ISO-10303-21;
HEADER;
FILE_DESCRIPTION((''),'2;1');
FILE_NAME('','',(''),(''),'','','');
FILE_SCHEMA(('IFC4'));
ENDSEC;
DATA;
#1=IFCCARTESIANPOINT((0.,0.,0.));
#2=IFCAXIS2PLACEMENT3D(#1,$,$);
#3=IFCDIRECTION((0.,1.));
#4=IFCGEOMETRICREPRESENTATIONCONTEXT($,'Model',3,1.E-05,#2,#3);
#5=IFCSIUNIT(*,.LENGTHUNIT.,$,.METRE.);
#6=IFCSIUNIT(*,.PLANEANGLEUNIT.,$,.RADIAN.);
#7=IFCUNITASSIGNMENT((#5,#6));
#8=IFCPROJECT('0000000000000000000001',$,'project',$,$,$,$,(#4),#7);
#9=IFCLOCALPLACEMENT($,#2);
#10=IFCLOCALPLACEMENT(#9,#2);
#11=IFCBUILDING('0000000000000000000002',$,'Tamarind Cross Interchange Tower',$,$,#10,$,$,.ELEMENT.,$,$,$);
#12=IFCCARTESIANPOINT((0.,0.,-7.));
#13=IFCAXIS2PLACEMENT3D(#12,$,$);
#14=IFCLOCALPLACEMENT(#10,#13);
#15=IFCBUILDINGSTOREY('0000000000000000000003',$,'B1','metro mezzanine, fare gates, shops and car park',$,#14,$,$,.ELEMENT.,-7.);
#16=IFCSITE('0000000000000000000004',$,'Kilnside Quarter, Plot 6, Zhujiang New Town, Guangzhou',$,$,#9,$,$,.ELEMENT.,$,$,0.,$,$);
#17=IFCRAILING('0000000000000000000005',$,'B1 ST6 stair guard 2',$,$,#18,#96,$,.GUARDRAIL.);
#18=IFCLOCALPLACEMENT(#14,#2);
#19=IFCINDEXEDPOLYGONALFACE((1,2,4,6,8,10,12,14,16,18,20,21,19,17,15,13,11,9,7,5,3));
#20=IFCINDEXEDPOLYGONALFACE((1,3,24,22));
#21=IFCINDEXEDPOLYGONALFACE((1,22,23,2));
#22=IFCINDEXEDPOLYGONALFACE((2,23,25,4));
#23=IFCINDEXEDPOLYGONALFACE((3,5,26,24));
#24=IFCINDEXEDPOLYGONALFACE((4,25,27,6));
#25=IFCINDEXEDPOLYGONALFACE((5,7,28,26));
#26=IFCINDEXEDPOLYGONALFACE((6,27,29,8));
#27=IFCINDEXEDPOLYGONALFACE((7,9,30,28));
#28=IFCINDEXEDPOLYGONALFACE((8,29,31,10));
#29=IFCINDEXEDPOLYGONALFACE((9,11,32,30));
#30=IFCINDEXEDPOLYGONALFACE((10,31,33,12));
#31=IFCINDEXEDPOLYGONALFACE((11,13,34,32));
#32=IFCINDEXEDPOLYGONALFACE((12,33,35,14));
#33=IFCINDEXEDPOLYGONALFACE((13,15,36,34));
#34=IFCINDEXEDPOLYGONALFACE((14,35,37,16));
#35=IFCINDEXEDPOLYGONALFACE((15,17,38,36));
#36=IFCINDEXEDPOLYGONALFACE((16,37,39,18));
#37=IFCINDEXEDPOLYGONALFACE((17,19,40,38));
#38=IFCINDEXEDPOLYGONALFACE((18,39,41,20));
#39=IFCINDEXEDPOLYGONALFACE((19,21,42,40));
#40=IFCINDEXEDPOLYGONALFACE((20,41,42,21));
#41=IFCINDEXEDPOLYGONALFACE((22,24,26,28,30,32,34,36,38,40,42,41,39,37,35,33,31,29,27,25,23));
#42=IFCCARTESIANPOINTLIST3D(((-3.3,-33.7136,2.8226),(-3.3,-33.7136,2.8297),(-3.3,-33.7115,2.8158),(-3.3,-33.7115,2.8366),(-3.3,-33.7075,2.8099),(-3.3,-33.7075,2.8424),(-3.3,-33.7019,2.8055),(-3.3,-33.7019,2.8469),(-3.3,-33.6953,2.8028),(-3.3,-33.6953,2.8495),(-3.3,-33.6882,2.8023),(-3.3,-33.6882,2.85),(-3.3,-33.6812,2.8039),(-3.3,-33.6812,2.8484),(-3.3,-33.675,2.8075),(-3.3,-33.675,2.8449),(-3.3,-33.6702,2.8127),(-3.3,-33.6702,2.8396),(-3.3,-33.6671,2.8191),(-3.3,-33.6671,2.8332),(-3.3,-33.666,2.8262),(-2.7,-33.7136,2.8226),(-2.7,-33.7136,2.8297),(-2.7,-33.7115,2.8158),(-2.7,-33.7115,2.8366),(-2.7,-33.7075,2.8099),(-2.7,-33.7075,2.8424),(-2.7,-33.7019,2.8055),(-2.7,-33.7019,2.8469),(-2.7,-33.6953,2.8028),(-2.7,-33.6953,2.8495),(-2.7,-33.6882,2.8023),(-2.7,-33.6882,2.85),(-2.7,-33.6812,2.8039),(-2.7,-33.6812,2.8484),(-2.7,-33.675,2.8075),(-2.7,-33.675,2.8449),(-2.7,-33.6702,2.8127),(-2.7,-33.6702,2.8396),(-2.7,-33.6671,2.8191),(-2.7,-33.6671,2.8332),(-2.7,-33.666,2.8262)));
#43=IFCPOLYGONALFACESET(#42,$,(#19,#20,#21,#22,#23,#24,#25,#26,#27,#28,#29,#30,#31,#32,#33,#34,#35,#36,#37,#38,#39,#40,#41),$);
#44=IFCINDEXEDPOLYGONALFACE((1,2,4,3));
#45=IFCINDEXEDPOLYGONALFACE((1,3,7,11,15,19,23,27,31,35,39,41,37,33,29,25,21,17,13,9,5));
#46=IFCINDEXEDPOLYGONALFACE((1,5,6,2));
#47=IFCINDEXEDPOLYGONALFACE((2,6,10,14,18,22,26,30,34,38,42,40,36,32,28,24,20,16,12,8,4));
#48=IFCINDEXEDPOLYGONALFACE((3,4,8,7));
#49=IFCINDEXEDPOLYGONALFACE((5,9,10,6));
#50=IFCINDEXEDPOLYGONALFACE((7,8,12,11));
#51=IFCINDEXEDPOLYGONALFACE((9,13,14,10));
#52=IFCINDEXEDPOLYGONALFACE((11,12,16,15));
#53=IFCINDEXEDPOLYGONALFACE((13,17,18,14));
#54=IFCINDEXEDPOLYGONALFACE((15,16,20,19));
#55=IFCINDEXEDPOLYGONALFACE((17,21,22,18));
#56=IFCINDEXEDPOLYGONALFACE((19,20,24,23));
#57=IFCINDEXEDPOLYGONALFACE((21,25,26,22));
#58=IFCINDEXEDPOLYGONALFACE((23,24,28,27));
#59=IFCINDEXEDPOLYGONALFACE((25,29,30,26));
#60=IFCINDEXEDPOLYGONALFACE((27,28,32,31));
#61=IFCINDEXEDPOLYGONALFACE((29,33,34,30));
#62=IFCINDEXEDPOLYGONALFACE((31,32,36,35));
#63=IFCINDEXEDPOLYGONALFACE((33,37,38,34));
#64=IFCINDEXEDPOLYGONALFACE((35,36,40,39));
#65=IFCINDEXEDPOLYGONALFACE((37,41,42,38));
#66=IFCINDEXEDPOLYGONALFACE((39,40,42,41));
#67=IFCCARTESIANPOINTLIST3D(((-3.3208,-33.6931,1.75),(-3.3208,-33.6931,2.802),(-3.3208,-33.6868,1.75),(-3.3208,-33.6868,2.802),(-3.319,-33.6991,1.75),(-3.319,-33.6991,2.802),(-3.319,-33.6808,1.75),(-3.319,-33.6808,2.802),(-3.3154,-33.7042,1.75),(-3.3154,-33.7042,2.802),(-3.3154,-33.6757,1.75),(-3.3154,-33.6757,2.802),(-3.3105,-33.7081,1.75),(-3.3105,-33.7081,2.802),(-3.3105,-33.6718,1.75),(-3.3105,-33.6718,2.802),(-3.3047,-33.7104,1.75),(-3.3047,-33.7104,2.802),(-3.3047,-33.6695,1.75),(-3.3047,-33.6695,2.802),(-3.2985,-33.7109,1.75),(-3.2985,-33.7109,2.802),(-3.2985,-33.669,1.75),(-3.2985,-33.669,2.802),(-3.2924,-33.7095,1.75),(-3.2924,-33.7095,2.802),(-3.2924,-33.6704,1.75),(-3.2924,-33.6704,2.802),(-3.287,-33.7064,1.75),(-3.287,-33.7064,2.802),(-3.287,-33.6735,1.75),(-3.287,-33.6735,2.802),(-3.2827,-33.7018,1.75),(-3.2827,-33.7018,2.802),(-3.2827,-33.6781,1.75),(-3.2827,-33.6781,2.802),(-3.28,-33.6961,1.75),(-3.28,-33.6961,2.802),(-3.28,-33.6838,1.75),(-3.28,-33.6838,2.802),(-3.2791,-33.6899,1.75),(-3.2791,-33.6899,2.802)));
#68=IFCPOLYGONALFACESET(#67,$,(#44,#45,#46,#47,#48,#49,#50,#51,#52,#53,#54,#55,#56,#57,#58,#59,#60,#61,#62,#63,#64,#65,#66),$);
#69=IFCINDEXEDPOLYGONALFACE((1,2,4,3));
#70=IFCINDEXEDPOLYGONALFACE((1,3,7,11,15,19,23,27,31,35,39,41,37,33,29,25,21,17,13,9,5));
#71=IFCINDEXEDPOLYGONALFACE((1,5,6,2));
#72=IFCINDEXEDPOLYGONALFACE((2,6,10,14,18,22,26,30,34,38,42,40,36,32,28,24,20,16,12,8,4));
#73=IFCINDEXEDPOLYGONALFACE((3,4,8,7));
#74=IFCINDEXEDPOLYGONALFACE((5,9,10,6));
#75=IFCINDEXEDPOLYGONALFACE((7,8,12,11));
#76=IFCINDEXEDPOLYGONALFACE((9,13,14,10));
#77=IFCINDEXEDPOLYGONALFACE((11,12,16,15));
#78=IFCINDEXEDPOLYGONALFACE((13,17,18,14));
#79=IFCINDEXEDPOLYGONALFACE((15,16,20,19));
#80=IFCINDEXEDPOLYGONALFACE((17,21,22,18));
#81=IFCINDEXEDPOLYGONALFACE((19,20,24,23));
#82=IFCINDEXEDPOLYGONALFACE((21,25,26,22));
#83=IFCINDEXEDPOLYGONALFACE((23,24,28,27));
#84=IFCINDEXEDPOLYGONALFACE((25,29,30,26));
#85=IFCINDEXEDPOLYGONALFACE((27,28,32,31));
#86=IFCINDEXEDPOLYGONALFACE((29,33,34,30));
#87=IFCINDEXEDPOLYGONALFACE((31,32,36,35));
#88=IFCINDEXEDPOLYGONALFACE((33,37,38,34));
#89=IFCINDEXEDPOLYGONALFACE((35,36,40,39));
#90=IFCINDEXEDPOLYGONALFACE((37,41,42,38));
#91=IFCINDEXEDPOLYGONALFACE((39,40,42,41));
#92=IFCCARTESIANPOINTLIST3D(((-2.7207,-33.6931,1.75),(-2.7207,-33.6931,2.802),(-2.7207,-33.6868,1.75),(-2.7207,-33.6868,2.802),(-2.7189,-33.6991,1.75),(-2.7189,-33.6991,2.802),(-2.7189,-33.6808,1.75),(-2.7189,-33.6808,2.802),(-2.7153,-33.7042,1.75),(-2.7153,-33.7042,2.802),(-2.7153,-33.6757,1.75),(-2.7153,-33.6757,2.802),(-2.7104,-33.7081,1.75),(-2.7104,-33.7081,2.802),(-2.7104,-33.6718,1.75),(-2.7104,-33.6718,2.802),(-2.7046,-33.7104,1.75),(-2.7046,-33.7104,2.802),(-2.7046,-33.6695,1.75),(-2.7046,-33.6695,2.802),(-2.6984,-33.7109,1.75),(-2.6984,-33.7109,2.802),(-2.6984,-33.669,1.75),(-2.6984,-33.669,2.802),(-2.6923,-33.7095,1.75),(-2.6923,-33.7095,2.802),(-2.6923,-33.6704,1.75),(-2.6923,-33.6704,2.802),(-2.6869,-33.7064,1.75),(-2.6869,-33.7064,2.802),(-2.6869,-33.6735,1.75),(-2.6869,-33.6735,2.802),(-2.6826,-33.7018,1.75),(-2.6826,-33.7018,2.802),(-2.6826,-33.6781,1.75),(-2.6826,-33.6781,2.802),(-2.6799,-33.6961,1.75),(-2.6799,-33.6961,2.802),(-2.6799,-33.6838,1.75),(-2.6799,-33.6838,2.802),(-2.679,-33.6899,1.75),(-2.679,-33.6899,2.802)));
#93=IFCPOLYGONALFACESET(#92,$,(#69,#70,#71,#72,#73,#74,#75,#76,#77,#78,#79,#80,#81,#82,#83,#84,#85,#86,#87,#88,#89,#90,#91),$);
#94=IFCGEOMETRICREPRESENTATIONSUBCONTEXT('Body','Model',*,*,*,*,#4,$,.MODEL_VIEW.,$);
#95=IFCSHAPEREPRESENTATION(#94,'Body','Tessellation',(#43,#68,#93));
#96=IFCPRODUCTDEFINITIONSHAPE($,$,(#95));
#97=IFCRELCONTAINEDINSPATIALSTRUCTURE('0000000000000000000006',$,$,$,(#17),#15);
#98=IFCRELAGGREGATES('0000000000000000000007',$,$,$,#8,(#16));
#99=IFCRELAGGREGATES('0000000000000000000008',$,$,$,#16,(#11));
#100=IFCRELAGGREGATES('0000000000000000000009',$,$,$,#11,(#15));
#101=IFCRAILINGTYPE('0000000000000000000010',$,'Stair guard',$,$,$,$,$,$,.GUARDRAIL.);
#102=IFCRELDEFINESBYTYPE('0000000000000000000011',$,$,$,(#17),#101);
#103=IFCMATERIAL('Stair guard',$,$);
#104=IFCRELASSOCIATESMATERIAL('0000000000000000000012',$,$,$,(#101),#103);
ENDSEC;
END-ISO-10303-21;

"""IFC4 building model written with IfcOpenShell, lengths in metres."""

from ifc_helpers import new_model, si_unit, direction, frame, origin, origin_2d, place, context, subcontext, project, spatial, circle, extrude, material, type_object, element, save


model = new_model("IFC4")

# Units and contexts
model_context = context("Model", 3, precision=1e-05, world=origin(), true_north=direction((0.0, 1.0)))
body_context = subcontext(model_context, "Body", "Model", "MODEL_VIEW")
ifc_project = project(units=[si_unit("LENGTHUNIT", "METRE"), si_unit("PLANEANGLEUNIT", "RADIAN")], contexts=[model_context])

# Site, building, storey
site_placement = place(None, origin())
site = spatial("IfcSite", under=ifc_project, at=site_placement, Name="Kilnside Quarter, Plot 6, Zhujiang New Town, Guangzhou", CompositionType="ELEMENT", RefElevation=0.0)
building_placement = place(site_placement, origin())
building = spatial("IfcBuilding", under=site, at=building_placement, Name="Tamarind Cross Interchange Tower", CompositionType="ELEMENT")
storey_placement = place(building_placement, frame((0.0, 0.0, -7.0)))
storey = spatial("IfcBuildingStorey", under=building, at=storey_placement, Name="B1", Description="metro mezzanine, fare gates, shops and car park", CompositionType="ELEMENT", Elevation=-7.0)

# Railing
ifc_material_1 = material(Name="Stair guard")
railing_type_1 = type_object("IfcRailingType", Name="Stair guard", PredefinedType="GUARDRAIL", material=ifc_material_1)
railing_1_placement = place(storey_placement, frame((-3.3, -33.6899, 1.75)))
element("IfcRailing", 1, at=railing_1_placement, inside=storey, type_object=railing_type_1, Name="B1 ST6 stair guard 2", PredefinedType="GUARDRAIL", context=body_context, shape_type="SweptSolid", body=[
    extrude(circle(Radius=0.0239, at=origin_2d()), frame((0.0, 0.0, 1.0762), z_axis=(1.0, 0.0, 0.0), x_axis=(0.0, 1.0, 0.0)), (0.0, 0.0, 1.0), 0.6001),
    extrude(circle(Radius=0.021, at=origin_2d()), origin(), (0.0, 0.0, 1.0), 1.052),
    extrude(circle(Radius=0.021, at=origin_2d()), frame((0.6001, 0.0, 0.0)), (0.0, 0.0, 1.0), 1.052),
])

save(model, "model.ifc")
